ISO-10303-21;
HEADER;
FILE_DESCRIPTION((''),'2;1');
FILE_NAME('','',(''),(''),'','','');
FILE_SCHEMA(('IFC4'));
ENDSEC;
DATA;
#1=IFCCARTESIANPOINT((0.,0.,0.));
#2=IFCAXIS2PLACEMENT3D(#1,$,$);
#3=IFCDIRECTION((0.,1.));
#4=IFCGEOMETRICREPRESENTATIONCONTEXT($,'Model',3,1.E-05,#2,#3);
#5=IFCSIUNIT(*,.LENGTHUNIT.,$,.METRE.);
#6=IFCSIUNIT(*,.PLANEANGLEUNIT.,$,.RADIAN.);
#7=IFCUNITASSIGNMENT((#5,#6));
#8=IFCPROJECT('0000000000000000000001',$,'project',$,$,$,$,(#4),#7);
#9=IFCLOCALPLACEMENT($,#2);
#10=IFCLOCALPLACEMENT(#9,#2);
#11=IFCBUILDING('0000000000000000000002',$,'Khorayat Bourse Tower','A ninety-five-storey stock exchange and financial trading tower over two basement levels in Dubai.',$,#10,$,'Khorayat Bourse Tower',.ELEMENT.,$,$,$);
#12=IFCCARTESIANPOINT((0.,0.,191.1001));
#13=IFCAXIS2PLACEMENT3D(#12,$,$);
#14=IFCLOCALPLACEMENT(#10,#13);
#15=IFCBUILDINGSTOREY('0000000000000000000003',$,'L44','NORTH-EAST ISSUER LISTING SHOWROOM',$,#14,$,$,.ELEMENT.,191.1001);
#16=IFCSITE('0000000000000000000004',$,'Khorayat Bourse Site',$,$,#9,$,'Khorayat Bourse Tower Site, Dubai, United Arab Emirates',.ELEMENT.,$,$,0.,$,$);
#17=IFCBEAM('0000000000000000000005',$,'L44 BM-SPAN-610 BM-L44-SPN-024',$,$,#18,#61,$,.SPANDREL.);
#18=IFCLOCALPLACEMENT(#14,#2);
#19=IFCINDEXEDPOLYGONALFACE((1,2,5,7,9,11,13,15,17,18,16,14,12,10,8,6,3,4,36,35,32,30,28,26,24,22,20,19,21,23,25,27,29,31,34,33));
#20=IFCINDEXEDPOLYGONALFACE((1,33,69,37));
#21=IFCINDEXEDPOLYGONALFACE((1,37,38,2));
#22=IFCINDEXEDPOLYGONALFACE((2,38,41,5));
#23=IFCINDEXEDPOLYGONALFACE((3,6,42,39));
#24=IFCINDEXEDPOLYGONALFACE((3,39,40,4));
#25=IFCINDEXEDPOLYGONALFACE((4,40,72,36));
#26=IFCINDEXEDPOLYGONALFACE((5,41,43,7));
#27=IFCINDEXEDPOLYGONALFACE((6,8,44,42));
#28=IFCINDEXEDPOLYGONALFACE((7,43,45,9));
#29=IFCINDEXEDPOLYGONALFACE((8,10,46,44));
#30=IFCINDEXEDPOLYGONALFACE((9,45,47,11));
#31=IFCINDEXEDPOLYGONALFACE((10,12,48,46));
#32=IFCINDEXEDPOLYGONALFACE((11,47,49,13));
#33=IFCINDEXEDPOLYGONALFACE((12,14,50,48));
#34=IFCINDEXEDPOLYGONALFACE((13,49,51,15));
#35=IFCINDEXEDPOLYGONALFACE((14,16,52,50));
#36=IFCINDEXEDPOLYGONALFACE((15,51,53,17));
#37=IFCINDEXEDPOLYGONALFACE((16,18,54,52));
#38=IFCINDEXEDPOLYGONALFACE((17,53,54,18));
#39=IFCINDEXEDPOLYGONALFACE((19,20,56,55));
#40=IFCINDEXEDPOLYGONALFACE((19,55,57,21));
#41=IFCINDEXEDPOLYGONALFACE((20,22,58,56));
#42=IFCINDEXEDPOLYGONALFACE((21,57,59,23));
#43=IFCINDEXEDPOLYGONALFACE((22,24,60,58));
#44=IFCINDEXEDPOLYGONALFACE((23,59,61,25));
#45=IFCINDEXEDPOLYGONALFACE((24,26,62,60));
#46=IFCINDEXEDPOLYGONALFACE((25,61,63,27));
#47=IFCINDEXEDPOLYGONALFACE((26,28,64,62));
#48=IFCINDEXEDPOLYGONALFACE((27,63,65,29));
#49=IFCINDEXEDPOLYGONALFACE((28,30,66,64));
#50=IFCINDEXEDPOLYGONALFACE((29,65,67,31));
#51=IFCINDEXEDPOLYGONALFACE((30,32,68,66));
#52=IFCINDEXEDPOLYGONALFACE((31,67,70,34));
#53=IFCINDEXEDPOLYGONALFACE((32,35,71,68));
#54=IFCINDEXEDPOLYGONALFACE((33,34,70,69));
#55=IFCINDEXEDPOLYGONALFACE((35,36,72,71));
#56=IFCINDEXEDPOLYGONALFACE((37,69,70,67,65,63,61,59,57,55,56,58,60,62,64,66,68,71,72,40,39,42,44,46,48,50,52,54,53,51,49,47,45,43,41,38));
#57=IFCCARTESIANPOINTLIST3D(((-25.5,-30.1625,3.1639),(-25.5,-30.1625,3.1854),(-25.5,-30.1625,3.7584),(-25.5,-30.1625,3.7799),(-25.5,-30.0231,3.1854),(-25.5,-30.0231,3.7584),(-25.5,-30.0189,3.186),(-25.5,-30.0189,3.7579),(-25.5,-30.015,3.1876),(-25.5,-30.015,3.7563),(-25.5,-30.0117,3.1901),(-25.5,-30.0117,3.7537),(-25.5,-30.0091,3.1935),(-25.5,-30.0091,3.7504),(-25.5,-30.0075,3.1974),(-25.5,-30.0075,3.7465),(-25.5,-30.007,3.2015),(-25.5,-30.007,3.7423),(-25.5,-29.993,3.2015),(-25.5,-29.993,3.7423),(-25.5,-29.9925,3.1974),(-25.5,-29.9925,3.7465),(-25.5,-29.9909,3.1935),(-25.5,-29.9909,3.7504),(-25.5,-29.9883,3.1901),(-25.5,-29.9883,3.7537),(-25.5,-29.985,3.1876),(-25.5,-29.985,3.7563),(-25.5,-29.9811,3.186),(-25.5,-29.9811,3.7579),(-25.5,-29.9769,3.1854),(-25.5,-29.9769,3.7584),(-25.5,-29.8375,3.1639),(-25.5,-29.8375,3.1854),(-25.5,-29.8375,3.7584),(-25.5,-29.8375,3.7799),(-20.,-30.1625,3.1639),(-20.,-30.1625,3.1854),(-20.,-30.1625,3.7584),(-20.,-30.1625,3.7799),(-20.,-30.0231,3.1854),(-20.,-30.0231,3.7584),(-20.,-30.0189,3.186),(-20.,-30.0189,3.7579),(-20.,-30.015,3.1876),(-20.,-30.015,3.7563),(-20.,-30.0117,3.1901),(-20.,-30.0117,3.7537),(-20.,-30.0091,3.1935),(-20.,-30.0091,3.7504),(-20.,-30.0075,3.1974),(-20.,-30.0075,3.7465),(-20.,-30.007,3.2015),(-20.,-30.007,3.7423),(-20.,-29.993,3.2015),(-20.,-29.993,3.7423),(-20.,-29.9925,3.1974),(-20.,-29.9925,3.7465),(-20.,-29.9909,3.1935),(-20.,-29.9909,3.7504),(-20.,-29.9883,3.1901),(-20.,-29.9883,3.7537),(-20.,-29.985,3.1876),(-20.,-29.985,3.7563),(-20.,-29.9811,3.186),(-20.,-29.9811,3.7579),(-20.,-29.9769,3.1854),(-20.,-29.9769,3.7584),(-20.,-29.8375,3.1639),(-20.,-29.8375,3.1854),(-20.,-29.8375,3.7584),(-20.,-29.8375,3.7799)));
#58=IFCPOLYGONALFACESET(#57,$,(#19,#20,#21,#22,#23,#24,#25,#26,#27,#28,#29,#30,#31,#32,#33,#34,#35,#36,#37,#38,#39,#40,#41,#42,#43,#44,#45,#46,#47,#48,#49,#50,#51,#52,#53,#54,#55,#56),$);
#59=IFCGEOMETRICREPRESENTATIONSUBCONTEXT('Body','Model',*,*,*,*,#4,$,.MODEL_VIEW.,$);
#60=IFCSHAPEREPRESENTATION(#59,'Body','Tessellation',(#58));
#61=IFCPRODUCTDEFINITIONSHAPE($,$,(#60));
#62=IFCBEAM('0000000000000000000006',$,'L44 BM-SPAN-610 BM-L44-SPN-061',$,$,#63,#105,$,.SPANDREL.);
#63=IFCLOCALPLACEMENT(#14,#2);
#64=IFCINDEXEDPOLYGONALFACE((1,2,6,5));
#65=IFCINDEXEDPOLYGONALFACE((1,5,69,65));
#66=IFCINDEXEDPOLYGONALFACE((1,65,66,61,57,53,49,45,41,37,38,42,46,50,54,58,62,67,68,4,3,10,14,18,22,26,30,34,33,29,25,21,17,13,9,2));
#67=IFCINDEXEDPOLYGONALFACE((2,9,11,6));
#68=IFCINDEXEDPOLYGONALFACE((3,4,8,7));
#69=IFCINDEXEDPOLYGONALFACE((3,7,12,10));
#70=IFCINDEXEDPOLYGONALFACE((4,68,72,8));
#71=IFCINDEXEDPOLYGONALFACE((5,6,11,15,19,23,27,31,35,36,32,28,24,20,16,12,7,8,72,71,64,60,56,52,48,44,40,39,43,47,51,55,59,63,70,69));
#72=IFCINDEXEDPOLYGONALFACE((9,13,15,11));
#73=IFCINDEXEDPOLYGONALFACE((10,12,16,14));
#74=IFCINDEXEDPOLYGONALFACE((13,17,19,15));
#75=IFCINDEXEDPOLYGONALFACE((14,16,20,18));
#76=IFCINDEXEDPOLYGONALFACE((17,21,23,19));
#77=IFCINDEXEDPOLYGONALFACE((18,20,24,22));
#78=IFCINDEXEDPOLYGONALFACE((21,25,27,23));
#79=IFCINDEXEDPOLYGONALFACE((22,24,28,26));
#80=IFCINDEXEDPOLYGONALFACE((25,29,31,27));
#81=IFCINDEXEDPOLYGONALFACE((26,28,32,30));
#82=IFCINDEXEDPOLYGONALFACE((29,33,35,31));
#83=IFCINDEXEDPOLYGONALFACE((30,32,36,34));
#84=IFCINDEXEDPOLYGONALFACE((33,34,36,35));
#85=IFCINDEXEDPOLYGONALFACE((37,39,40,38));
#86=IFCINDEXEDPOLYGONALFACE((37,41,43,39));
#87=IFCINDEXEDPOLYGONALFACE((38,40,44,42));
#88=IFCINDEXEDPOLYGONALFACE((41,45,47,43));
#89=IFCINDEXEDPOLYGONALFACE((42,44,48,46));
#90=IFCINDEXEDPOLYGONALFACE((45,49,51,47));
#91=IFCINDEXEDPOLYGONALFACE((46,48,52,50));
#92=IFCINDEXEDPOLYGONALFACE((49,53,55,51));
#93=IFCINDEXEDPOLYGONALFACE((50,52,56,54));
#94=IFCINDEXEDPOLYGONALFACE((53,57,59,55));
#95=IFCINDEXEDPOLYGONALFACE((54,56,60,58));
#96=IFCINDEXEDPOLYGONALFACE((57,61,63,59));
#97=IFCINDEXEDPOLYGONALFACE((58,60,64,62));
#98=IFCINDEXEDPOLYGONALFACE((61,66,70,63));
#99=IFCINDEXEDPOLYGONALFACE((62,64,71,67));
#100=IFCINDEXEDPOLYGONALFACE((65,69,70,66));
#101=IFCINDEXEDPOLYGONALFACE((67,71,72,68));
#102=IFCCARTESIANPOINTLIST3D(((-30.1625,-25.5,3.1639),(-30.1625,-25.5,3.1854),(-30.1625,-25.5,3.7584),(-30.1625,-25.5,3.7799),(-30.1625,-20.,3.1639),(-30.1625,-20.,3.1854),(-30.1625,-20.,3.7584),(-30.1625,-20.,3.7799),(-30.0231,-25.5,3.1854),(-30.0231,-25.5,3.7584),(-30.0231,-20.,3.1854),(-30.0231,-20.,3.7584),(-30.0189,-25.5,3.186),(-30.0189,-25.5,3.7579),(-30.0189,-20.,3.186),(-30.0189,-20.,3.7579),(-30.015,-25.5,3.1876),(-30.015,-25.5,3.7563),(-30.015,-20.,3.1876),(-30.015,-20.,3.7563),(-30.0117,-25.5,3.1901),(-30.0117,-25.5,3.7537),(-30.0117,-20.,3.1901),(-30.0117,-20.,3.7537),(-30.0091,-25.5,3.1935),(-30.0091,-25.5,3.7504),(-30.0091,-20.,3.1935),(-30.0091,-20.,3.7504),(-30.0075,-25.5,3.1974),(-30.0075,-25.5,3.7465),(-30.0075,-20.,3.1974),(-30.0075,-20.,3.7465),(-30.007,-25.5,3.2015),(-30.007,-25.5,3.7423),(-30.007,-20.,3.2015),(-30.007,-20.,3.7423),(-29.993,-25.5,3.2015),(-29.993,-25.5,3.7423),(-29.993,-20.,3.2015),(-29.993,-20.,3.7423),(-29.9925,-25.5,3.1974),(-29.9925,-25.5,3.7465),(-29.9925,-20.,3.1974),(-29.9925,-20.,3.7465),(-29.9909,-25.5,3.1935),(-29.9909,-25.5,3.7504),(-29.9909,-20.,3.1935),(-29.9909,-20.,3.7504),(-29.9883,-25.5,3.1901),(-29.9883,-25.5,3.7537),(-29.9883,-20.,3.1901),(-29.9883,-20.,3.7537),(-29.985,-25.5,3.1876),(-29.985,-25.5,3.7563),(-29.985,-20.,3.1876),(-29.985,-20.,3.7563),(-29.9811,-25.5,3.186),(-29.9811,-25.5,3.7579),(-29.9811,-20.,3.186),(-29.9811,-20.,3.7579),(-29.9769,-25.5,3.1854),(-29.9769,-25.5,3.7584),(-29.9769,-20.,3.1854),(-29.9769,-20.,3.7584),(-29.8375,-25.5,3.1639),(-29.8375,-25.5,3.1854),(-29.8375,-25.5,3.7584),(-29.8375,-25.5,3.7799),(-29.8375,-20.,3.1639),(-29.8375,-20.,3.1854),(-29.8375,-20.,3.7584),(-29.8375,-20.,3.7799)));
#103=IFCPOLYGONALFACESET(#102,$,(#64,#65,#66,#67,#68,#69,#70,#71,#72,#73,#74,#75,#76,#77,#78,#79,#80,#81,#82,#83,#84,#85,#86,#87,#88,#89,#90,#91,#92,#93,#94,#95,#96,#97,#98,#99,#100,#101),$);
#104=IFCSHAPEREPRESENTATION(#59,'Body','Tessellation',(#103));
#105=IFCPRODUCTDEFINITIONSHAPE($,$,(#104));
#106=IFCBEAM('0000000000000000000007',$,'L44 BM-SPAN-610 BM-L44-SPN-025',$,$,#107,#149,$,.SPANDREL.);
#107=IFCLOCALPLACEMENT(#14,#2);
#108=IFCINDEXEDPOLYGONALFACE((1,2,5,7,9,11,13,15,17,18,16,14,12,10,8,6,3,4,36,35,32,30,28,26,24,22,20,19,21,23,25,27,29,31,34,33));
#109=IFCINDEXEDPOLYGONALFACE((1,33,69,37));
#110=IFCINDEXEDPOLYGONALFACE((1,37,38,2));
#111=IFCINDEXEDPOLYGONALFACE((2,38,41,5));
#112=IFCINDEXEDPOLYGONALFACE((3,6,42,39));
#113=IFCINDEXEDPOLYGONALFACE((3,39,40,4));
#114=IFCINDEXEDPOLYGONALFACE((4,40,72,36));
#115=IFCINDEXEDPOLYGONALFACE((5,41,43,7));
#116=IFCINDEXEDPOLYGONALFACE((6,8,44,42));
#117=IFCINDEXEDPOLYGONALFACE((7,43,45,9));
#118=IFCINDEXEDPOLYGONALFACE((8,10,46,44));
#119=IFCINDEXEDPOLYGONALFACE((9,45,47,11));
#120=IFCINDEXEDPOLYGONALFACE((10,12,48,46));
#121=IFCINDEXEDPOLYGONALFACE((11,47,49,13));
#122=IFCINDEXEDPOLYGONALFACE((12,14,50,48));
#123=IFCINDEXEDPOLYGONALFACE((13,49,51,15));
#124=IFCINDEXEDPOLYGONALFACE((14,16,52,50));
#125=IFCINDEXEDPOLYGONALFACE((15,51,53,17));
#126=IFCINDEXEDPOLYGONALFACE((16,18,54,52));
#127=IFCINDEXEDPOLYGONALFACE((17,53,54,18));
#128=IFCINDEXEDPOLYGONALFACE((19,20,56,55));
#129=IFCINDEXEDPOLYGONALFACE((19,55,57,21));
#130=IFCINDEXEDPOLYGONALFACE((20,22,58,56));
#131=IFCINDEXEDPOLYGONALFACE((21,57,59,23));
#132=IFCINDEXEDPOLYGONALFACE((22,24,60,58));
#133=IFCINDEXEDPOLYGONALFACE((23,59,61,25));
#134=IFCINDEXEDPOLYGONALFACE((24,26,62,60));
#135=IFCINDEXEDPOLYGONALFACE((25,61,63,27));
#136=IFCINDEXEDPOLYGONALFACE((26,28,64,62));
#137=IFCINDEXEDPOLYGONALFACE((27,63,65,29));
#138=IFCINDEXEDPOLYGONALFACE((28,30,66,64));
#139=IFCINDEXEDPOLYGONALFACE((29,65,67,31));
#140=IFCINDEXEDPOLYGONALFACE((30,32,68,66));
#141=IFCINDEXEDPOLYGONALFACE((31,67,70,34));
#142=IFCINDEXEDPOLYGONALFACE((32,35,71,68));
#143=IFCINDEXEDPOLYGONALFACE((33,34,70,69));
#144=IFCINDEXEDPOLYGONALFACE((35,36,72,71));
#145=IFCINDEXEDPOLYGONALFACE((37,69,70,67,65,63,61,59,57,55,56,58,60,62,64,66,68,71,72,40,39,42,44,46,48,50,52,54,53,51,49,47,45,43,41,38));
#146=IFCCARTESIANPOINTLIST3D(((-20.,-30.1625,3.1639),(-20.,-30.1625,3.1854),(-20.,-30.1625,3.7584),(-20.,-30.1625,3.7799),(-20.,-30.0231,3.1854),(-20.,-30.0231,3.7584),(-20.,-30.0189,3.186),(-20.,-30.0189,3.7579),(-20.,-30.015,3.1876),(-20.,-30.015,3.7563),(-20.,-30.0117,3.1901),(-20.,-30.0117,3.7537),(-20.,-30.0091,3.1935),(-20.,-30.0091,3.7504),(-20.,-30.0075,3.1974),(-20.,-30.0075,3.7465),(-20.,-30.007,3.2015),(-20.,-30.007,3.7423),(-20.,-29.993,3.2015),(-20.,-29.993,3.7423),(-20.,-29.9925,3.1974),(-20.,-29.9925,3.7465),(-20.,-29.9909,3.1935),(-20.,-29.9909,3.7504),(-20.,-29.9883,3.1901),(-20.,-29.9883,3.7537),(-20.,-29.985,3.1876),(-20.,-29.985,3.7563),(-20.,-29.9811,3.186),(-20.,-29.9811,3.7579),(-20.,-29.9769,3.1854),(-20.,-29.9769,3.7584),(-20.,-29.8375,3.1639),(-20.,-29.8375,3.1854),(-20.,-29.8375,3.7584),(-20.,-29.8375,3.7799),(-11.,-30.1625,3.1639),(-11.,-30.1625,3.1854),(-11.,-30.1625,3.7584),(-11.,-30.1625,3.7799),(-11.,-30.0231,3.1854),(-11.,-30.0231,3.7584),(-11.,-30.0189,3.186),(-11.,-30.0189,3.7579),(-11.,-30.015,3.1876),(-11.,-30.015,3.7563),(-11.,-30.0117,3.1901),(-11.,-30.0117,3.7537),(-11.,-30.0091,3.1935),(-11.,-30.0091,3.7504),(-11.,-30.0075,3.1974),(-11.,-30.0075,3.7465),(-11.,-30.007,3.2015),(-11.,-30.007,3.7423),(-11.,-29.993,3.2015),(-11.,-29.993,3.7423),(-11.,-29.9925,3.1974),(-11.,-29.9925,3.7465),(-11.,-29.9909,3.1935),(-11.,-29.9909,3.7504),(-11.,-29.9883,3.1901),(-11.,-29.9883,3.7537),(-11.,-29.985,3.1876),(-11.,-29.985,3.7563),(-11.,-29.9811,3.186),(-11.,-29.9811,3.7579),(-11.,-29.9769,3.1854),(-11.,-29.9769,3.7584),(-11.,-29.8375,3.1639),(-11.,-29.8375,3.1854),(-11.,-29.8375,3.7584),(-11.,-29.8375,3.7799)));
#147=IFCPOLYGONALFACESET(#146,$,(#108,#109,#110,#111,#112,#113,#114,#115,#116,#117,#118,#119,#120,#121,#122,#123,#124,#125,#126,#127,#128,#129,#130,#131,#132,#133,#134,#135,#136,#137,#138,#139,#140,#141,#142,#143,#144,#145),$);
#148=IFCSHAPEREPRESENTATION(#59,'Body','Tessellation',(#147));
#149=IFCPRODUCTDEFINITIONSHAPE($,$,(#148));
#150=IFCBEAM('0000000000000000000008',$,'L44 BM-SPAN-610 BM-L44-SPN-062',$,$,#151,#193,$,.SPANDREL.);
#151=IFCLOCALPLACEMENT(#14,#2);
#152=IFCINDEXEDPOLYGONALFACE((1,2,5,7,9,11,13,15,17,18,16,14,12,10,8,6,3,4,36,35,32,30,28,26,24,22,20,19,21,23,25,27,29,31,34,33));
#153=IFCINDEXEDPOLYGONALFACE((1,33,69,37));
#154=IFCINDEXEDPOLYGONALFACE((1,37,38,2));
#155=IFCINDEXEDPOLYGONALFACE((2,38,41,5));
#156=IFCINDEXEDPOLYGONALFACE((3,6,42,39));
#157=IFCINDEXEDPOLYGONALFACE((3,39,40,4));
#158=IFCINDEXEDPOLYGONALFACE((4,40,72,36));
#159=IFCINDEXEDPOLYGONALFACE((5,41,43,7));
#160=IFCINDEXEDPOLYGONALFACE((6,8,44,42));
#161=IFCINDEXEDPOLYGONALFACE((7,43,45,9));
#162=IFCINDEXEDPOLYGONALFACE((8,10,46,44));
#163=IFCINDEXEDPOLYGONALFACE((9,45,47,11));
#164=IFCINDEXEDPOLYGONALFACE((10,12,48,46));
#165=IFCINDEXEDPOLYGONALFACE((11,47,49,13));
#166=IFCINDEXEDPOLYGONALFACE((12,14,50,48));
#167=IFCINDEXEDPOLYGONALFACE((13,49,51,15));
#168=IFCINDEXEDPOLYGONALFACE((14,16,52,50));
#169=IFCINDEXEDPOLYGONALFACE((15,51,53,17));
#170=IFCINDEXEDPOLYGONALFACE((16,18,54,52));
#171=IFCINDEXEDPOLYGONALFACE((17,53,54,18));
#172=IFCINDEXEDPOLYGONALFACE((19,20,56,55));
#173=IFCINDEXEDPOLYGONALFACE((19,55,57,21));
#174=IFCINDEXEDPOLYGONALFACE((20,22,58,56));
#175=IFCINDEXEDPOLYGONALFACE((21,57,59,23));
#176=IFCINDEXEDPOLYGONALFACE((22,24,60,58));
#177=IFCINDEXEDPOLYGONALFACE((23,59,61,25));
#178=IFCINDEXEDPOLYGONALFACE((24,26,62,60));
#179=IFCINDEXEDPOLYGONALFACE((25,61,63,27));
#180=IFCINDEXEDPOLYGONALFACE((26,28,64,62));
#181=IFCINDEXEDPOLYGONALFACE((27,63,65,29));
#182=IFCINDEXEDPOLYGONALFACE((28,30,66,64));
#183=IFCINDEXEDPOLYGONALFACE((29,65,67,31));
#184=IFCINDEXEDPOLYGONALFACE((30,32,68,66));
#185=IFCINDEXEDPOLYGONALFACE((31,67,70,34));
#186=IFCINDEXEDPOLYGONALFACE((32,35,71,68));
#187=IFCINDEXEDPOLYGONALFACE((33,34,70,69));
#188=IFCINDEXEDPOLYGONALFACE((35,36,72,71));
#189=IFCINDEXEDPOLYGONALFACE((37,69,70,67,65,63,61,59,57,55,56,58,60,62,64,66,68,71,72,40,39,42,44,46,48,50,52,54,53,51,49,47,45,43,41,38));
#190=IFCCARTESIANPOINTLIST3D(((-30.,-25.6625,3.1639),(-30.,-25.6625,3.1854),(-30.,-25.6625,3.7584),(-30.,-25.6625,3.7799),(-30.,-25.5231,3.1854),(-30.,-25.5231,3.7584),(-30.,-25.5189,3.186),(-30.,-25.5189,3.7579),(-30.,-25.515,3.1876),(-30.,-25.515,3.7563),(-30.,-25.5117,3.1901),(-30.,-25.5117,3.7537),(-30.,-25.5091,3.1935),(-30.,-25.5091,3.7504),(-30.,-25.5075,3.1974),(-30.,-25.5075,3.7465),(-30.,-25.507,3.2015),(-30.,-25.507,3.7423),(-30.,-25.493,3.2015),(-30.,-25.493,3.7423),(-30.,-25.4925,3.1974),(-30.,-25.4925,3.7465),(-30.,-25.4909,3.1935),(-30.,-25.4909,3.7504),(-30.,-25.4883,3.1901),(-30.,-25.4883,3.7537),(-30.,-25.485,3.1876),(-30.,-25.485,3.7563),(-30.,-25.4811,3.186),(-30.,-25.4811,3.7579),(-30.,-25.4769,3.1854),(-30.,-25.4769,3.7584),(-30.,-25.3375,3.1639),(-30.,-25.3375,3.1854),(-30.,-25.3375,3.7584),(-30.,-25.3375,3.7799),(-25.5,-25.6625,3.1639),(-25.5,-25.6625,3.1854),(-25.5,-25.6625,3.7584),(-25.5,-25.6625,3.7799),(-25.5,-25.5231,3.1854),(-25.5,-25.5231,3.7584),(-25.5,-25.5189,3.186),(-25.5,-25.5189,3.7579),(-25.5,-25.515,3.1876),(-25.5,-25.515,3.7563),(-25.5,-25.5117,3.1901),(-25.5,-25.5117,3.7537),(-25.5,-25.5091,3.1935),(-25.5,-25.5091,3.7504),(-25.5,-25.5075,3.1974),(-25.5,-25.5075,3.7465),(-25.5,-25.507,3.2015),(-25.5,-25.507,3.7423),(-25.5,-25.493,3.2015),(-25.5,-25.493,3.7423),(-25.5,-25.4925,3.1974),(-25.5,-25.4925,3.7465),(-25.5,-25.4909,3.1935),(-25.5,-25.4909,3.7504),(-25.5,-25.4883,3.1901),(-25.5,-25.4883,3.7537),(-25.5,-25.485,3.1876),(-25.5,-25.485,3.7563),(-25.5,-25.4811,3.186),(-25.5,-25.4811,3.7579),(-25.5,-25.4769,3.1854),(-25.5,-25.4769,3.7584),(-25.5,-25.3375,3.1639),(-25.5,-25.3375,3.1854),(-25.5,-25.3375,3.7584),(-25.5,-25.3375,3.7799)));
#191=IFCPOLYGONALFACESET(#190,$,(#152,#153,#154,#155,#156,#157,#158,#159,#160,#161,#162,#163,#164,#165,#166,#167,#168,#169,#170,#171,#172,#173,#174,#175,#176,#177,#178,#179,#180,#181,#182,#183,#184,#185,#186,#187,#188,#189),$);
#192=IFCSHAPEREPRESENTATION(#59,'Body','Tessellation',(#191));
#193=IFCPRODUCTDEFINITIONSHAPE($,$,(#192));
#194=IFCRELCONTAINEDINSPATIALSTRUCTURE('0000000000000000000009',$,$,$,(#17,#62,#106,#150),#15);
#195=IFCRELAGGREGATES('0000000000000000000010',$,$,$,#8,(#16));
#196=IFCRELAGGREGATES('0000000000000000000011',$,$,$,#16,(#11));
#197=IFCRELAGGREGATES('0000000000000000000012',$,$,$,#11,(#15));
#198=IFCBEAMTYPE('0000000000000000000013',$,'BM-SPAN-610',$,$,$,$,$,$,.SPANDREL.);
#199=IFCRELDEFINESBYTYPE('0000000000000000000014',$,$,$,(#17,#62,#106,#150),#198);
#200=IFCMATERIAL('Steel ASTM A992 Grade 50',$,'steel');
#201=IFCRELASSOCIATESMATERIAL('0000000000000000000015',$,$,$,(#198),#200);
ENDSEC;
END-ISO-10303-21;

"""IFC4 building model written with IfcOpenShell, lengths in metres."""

from ifc_helpers import new_model, si_unit, direction, frame, origin, origin_2d, place, context, subcontext, project, spatial, i_section, extrude, source, transform, mapped, material, material_profile, profile_set, type_object, element, save


model = new_model("IFC4")

# Units and contexts
model_context = context("Model", 3, precision=1e-05, world=origin(), true_north=direction((0.0, 1.0)))
body_context = subcontext(model_context, "Body", "Model", "MODEL_VIEW")
ifc_project = project(units=[si_unit("LENGTHUNIT", "METRE"), si_unit("PLANEANGLEUNIT", "RADIAN")], contexts=[model_context])

# Site, building, storey
site_placement = place(None, origin())
site = spatial("IfcSite", under=ifc_project, at=site_placement, Name="Khorayat Bourse Site", LongName="Khorayat Bourse Tower Site, Dubai, United Arab Emirates", CompositionType="ELEMENT", RefElevation=0.0)
building_placement = place(site_placement, origin())
building = spatial("IfcBuilding", under=site, at=building_placement, Name="Khorayat Bourse Tower", Description="A ninety-five-storey stock exchange and financial trading tower over two basement levels in Dubai.", LongName="Khorayat Bourse Tower", CompositionType="ELEMENT")
storey_placement = place(building_placement, frame((0.0, 0.0, 191.1001)))
storey = spatial("IfcBuildingStorey", under=building, at=storey_placement, Name="L44", Description="NORTH-EAST ISSUER LISTING SHOWROOM", CompositionType="ELEMENT", Elevation=191.1001)

# Beams
ifc_material_1 = material(Name="Steel ASTM A992 Grade 50", Category="steel")
ifc_material_profile_1 = material_profile(ifc_material_1, i_section(OverallWidth=0.325, OverallDepth=0.616, WebThickness=0.0139, FlangeThickness=0.0215, FilletRadius=0.0161, at=origin_2d()), Name="W610X174")
ifc_profile_set_1 = profile_set([ifc_material_profile_1], Name="Steel ASTM A992 Grade 50")
beam_type_1 = type_object("IfcBeamType", Name="BM-SPAN-610", PredefinedType="SPANDREL", material=ifc_profile_set_1)
shared_shape_1 = source(origin(), body_context, "Body", "SweptSolid", [
    extrude(i_section(OverallWidth=0.325, OverallDepth=0.616, WebThickness=0.0139, FlangeThickness=0.0215, FilletRadius=0.0161, at=origin_2d()), origin(), (0.0, 0.0, 1.0), 5.5),
])
for number, where, z_axis, x_axis, name in (
    (1, (-25.5, -30.0, 3.4719), (1.0, 0.0, 0.0), (0.0, 1.0, 0.0), "L44 BM-SPAN-610 BM-L44-SPN-024"),
    (2, (-30.0, -25.5, 3.4719), (0.0, 1.0, 0.0), (-1.0, 0.0, 0.0), "L44 BM-SPAN-610 BM-L44-SPN-061"),
):
    element("IfcBeam", number, at=place(storey_placement, frame(where, z_axis=z_axis, x_axis=x_axis)), inside=storey, type_object=beam_type_1, Name=name, PredefinedType="SPANDREL", context=body_context, shape_type="MappedRepresentation", body=[
        mapped(shared_shape_1, transform((0.0, 0.0, 0.0), scale=1.0)),
    ])
shared_shape_2 = source(origin(), body_context, "Body", "SweptSolid", [
    extrude(i_section(OverallWidth=0.325, OverallDepth=0.616, WebThickness=0.0139, FlangeThickness=0.0215, FilletRadius=0.0161, at=origin_2d()), origin(), (0.0, 0.0, 1.0), 9.0),
])
beam_1_placement = place(storey_placement, frame((-20.0, -30.0, 3.4719), z_axis=(1.0, 0.0, 0.0), x_axis=(0.0, 1.0, 0.0)))
element("IfcBeam", 3, at=beam_1_placement, inside=storey, type_object=beam_type_1, Name="L44 BM-SPAN-610 BM-L44-SPN-025", PredefinedType="SPANDREL", context=body_context, shape_type="MappedRepresentation", body=[
    mapped(shared_shape_2, transform((0.0, 0.0, 0.0), scale=1.0)),
])
shared_shape_3 = source(origin(), body_context, "Body", "SweptSolid", [
    extrude(i_section(OverallWidth=0.325, OverallDepth=0.616, WebThickness=0.0139, FlangeThickness=0.0215, FilletRadius=0.0161, at=origin_2d()), origin(), (0.0, 0.0, 1.0), 4.5),
])
for number, where, z_axis, x_axis, name in (
    (4, (-30.0, -25.5, 3.4719), (1.0, 0.0, 0.0), (0.0, 1.0, 0.0), "L44 BM-SPAN-610 BM-L44-SPN-062"),
):
    element("IfcBeam", number, at=place(storey_placement, frame(where, z_axis=z_axis, x_axis=x_axis)), inside=storey, type_object=beam_type_1, Name=name, PredefinedType="SPANDREL", context=body_context, shape_type="MappedRepresentation", body=[
        mapped(shared_shape_3, transform((0.0, 0.0, 0.0), scale=1.0)),
    ])

save(model, "model.ifc")
